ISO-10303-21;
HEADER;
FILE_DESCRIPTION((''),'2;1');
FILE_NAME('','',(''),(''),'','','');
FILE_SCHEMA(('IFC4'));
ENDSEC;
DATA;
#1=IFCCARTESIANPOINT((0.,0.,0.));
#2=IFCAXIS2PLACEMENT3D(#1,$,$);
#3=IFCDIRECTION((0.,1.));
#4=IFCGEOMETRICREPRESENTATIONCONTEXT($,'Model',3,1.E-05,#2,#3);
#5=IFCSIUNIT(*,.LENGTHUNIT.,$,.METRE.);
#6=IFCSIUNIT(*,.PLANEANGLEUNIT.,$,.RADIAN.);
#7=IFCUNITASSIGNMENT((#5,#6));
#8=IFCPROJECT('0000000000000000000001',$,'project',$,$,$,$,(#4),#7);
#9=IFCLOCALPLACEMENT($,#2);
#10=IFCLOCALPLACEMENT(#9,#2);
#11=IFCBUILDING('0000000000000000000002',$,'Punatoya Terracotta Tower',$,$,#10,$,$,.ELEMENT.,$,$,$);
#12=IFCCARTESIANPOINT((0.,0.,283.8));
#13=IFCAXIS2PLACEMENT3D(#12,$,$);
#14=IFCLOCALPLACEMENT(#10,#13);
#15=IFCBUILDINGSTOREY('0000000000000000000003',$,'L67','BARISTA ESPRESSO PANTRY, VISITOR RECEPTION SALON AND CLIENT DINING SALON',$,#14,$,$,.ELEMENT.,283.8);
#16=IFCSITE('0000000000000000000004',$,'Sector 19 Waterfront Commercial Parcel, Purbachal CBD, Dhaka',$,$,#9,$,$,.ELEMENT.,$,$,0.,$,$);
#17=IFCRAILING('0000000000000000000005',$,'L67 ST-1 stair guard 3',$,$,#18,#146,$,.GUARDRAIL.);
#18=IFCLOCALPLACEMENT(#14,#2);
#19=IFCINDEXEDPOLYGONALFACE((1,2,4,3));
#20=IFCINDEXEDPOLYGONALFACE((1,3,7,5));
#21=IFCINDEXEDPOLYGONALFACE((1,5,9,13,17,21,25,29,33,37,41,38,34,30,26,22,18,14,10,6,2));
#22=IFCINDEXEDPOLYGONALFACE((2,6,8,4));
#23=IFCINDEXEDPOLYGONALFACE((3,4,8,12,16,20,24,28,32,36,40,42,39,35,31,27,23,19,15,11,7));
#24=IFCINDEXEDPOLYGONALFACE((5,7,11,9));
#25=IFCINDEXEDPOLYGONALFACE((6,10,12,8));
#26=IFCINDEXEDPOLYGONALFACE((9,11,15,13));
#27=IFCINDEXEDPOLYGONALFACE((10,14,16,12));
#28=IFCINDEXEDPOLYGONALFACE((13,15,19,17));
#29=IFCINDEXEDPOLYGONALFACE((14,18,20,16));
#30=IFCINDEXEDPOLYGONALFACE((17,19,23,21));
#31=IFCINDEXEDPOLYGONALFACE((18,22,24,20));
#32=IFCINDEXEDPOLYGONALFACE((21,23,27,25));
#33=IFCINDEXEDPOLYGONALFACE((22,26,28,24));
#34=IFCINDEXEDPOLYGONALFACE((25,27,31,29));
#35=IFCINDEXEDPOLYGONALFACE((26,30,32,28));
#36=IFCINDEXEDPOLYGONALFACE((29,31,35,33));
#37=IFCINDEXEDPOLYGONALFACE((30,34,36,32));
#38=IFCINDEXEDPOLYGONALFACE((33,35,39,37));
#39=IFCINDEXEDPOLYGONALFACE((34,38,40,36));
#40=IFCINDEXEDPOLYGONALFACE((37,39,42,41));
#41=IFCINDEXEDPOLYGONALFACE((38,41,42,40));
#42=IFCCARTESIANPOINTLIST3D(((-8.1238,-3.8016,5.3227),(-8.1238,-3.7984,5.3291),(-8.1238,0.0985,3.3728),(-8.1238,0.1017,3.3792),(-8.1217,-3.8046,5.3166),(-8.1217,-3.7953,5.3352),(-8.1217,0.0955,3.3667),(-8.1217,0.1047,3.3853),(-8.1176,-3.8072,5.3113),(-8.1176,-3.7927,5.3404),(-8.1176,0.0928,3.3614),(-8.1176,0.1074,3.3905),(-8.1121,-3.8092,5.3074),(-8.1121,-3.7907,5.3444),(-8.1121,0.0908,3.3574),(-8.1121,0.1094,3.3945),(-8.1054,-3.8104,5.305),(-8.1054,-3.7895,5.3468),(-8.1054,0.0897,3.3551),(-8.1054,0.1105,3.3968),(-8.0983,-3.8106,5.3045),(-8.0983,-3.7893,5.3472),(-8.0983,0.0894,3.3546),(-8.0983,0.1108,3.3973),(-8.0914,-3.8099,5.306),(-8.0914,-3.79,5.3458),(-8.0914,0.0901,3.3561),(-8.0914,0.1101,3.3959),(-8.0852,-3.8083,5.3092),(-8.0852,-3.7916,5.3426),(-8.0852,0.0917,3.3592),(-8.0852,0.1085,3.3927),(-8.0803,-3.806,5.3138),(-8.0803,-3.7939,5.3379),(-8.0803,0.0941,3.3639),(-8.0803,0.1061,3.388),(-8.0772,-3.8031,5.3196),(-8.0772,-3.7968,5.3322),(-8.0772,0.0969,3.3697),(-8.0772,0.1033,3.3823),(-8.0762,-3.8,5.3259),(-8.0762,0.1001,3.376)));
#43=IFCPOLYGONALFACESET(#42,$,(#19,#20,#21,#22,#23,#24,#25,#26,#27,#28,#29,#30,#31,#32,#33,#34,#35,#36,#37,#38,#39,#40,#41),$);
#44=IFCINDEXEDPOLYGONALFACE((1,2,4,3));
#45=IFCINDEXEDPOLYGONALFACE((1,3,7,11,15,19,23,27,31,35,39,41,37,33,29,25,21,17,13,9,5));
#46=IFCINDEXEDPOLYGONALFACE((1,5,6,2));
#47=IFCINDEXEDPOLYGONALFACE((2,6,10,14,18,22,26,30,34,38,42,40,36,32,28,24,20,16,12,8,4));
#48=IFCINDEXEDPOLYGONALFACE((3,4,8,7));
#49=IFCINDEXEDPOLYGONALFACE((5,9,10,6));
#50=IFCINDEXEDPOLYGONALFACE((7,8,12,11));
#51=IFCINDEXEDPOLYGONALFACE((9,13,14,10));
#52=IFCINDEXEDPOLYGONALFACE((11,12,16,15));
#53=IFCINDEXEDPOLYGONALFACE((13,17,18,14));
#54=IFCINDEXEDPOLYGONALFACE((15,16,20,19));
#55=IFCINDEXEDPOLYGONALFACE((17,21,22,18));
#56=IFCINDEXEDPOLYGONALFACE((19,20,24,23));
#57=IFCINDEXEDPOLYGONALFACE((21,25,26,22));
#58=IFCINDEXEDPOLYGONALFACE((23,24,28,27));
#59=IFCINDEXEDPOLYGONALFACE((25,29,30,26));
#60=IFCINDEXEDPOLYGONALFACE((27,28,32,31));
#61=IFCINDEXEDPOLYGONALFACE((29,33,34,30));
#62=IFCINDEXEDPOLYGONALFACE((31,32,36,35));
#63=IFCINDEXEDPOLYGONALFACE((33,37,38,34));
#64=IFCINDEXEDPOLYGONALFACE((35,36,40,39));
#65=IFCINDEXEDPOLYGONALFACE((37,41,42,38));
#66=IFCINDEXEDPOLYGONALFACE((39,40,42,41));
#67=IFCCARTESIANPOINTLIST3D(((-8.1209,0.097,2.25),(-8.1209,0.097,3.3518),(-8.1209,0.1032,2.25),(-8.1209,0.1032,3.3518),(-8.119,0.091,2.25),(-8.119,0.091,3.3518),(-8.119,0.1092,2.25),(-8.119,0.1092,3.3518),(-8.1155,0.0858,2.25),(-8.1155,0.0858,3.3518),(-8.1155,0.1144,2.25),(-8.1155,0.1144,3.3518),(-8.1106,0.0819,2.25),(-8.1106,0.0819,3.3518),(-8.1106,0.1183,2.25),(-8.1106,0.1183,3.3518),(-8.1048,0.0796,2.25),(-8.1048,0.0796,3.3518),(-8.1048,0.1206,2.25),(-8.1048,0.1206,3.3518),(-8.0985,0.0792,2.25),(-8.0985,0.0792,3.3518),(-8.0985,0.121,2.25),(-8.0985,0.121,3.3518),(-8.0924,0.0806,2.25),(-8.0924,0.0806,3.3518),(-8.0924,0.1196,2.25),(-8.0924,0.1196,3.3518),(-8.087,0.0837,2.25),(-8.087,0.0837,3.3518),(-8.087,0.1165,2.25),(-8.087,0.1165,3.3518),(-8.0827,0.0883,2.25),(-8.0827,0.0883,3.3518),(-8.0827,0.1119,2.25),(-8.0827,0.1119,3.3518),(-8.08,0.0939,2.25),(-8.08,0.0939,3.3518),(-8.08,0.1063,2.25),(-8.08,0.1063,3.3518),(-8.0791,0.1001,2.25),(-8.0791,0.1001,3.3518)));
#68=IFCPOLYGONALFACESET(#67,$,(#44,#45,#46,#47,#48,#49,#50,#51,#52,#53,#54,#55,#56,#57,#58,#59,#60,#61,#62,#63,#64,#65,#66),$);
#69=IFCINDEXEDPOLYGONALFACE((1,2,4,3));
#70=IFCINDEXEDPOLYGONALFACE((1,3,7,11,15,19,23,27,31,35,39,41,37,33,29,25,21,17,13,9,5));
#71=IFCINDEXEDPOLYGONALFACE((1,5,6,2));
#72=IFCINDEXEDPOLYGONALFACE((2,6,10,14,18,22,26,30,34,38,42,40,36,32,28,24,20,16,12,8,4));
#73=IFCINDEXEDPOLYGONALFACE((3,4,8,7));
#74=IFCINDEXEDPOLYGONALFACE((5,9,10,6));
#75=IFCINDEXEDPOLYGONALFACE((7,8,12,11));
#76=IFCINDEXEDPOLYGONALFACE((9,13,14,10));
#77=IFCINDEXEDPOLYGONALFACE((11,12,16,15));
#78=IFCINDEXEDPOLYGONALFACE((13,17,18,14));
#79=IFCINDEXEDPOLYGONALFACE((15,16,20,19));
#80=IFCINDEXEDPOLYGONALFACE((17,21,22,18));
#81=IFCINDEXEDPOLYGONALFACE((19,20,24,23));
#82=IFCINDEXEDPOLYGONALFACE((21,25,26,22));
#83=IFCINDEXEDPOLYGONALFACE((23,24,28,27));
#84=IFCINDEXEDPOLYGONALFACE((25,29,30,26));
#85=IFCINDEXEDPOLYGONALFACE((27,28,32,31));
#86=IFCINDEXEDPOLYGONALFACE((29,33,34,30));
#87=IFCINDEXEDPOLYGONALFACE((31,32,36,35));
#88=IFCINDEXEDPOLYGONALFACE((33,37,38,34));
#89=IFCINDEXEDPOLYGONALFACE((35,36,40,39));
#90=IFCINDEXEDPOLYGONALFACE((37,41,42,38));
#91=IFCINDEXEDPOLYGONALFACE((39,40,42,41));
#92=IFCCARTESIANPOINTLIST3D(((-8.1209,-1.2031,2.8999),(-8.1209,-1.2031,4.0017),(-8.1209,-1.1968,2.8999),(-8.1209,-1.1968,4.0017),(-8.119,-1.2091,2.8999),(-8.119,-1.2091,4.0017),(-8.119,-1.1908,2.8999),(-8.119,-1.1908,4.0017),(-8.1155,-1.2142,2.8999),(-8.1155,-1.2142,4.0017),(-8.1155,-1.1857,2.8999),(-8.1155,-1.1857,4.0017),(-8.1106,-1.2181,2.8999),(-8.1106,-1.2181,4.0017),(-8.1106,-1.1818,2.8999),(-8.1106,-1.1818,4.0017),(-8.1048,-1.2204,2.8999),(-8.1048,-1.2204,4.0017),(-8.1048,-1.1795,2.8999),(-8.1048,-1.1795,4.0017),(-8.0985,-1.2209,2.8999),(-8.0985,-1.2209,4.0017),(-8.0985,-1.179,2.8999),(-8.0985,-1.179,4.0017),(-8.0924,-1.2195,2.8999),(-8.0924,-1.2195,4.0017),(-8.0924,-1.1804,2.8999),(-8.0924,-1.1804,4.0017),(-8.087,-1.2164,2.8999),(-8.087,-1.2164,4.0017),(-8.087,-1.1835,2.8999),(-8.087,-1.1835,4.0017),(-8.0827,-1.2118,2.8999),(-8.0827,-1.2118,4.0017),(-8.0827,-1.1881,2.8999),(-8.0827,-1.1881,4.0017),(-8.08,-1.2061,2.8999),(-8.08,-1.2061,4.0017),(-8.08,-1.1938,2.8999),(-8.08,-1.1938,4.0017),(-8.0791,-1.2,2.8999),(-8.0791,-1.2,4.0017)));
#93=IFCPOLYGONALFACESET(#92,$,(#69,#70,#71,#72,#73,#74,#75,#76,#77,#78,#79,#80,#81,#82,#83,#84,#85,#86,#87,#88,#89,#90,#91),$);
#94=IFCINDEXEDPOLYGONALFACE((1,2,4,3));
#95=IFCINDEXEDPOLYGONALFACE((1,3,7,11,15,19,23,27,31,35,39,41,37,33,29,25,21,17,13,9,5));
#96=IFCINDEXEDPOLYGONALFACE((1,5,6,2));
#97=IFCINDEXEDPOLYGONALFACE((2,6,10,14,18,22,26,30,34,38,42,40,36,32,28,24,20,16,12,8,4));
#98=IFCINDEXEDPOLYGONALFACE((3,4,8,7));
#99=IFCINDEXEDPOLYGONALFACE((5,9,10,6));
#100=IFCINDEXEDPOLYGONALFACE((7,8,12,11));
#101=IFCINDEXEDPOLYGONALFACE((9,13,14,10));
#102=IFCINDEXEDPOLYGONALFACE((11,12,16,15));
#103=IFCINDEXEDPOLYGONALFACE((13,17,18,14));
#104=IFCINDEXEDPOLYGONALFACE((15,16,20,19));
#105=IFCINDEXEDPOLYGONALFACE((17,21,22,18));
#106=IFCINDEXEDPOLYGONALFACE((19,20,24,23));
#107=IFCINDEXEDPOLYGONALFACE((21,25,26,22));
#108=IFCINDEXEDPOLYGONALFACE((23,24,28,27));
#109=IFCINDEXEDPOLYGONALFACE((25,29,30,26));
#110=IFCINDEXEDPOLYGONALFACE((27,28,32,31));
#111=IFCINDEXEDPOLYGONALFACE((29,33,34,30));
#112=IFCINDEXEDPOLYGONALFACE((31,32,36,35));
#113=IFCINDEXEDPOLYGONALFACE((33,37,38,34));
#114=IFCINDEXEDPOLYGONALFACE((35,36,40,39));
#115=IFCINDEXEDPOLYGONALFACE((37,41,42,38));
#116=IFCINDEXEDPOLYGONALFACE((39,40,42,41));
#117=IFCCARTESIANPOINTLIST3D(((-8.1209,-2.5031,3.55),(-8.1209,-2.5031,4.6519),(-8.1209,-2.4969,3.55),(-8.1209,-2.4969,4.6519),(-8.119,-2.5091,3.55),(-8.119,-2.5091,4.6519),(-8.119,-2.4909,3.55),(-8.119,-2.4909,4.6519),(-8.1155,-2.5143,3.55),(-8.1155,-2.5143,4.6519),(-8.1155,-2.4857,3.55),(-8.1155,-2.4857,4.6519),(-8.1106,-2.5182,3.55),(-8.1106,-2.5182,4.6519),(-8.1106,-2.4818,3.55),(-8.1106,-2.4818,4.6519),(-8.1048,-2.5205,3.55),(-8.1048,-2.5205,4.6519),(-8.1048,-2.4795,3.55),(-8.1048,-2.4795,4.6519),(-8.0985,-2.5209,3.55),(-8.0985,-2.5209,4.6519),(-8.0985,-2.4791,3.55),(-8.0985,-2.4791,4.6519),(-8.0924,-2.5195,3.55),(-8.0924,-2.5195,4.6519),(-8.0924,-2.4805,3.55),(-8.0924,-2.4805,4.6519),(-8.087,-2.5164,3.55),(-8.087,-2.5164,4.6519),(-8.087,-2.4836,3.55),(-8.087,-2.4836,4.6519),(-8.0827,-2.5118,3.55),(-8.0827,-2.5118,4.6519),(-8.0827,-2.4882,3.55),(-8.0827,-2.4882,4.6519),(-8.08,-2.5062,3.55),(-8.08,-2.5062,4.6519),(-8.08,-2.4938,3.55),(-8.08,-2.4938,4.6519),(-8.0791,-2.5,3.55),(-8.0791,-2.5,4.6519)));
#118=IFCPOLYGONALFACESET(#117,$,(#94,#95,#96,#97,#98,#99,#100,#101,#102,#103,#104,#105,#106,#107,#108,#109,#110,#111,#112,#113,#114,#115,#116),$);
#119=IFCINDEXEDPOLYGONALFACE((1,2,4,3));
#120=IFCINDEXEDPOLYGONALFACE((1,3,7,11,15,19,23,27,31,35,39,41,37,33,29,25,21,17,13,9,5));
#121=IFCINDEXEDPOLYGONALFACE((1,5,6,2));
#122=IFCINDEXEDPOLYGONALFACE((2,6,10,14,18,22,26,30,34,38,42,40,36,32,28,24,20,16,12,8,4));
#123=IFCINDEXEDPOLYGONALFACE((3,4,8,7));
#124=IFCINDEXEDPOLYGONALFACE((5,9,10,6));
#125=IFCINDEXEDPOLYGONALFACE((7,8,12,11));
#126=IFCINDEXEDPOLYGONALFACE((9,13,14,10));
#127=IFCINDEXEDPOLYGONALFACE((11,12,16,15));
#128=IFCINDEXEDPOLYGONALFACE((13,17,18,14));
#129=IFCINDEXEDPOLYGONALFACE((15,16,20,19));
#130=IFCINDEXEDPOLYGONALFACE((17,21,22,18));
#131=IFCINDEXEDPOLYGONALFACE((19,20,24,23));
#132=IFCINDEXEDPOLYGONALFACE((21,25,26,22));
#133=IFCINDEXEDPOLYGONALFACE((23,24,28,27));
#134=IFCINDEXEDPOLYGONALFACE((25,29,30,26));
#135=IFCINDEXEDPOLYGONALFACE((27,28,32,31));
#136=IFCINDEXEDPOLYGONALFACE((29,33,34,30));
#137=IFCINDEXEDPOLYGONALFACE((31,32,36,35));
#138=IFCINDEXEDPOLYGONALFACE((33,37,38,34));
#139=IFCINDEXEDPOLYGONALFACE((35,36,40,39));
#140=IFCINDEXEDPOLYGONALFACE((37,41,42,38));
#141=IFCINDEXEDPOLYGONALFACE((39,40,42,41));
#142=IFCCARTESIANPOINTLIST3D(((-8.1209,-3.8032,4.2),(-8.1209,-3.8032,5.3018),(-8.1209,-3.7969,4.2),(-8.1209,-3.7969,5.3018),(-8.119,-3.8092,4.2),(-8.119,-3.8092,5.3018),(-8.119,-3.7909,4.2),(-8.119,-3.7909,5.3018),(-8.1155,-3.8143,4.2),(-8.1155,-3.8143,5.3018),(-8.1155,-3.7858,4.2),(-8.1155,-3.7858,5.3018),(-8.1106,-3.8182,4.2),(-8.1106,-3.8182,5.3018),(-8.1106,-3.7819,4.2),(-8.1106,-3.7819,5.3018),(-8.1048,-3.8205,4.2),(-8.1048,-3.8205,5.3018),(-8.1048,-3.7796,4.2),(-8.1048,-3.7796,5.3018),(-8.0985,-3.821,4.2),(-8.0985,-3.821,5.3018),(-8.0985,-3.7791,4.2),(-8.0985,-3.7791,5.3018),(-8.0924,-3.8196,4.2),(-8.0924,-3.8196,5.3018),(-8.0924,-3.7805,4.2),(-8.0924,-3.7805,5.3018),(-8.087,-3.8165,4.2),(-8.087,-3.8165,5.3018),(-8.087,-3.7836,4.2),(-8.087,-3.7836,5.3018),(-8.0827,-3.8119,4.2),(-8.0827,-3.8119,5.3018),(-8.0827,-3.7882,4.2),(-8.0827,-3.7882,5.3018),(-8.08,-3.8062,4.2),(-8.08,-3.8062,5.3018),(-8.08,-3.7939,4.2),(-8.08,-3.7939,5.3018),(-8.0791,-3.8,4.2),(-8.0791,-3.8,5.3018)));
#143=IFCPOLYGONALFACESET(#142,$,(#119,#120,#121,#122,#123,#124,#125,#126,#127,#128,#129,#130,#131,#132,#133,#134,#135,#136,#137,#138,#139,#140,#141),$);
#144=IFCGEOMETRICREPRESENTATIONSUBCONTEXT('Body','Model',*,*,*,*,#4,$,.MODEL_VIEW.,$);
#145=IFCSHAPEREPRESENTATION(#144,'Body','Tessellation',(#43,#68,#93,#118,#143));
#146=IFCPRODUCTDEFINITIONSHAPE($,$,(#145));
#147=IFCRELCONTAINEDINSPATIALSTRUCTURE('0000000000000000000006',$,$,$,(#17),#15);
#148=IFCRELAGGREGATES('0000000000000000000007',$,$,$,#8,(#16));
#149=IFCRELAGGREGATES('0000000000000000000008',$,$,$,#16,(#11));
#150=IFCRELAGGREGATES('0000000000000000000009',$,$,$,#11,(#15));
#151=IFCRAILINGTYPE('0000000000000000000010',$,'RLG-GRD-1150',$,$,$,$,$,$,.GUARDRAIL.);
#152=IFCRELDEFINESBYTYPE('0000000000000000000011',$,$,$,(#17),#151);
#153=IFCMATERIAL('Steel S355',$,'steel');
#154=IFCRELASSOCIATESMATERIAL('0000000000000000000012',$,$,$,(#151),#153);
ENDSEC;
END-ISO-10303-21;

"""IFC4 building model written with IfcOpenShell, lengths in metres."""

from ifc_helpers import new_model, si_unit, direction, frame, origin, origin_2d, place, context, subcontext, project, spatial, circle, extrude, material, type_object, element, save


model = new_model("IFC4")

# Units and contexts
model_context = context("Model", 3, precision=1e-05, world=origin(), true_north=direction((0.0, 1.0)))
body_context = subcontext(model_context, "Body", "Model", "MODEL_VIEW")
ifc_project = project(units=[si_unit("LENGTHUNIT", "METRE"), si_unit("PLANEANGLEUNIT", "RADIAN")], contexts=[model_context])

# Site, building, storey
site_placement = place(None, origin())
site = spatial("IfcSite", under=ifc_project, at=site_placement, Name="Sector 19 Waterfront Commercial Parcel, Purbachal CBD, Dhaka", CompositionType="ELEMENT", RefElevation=0.0)
building_placement = place(site_placement, origin())
building = spatial("IfcBuilding", under=site, at=building_placement, Name="Punatoya Terracotta Tower", CompositionType="ELEMENT")
storey_placement = place(building_placement, frame((0.0, 0.0, 283.8)))
storey = spatial("IfcBuildingStorey", under=building, at=storey_placement, Name="L67", Description="BARISTA ESPRESSO PANTRY, VISITOR RECEPTION SALON AND CLIENT DINING SALON", CompositionType="ELEMENT", Elevation=283.8)

# Shared definitions
ifc_material_1 = material(Name="Steel S355", Category="steel")

# Railing
railing_type_1 = type_object("IfcRailingType", Name="RLG-GRD-1150", PredefinedType="GUARDRAIL", material=ifc_material_1)
railing_1_placement = place(storey_placement, frame((-8.1001, 0.1001, 2.25)))
element("IfcRailing", 1, at=railing_1_placement, inside=storey, type_object=railing_type_1, Name="L67 ST-1 stair guard 3", PredefinedType="GUARDRAIL", context=body_context, shape_type="SweptSolid", body=[
    extrude(circle(Radius=0.0239, at=origin_2d()), frame((0.0, 0.0, 1.126), z_axis=(0.0, -0.894438, 0.447191), x_axis=(1.0, 0.0, 0.0)), (0.0, 0.0, 1.0), 4.3604),
    extrude(circle(Radius=0.021, at=origin_2d()), origin(), (0.0, 0.0, 1.0), 1.1018),
    extrude(circle(Radius=0.021, at=origin_2d()), frame((0.0, -1.3, 0.6499)), (0.0, 0.0, 1.0), 1.1018),
    extrude(circle(Radius=0.021, at=origin_2d()), frame((0.0, -2.6001, 1.3)), (0.0, 0.0, 1.0), 1.1018),
    extrude(circle(Radius=0.021, at=origin_2d()), frame((0.0, -3.9001, 1.95)), (0.0, 0.0, 1.0), 1.1018),
])

save(model, "model.ifc")
